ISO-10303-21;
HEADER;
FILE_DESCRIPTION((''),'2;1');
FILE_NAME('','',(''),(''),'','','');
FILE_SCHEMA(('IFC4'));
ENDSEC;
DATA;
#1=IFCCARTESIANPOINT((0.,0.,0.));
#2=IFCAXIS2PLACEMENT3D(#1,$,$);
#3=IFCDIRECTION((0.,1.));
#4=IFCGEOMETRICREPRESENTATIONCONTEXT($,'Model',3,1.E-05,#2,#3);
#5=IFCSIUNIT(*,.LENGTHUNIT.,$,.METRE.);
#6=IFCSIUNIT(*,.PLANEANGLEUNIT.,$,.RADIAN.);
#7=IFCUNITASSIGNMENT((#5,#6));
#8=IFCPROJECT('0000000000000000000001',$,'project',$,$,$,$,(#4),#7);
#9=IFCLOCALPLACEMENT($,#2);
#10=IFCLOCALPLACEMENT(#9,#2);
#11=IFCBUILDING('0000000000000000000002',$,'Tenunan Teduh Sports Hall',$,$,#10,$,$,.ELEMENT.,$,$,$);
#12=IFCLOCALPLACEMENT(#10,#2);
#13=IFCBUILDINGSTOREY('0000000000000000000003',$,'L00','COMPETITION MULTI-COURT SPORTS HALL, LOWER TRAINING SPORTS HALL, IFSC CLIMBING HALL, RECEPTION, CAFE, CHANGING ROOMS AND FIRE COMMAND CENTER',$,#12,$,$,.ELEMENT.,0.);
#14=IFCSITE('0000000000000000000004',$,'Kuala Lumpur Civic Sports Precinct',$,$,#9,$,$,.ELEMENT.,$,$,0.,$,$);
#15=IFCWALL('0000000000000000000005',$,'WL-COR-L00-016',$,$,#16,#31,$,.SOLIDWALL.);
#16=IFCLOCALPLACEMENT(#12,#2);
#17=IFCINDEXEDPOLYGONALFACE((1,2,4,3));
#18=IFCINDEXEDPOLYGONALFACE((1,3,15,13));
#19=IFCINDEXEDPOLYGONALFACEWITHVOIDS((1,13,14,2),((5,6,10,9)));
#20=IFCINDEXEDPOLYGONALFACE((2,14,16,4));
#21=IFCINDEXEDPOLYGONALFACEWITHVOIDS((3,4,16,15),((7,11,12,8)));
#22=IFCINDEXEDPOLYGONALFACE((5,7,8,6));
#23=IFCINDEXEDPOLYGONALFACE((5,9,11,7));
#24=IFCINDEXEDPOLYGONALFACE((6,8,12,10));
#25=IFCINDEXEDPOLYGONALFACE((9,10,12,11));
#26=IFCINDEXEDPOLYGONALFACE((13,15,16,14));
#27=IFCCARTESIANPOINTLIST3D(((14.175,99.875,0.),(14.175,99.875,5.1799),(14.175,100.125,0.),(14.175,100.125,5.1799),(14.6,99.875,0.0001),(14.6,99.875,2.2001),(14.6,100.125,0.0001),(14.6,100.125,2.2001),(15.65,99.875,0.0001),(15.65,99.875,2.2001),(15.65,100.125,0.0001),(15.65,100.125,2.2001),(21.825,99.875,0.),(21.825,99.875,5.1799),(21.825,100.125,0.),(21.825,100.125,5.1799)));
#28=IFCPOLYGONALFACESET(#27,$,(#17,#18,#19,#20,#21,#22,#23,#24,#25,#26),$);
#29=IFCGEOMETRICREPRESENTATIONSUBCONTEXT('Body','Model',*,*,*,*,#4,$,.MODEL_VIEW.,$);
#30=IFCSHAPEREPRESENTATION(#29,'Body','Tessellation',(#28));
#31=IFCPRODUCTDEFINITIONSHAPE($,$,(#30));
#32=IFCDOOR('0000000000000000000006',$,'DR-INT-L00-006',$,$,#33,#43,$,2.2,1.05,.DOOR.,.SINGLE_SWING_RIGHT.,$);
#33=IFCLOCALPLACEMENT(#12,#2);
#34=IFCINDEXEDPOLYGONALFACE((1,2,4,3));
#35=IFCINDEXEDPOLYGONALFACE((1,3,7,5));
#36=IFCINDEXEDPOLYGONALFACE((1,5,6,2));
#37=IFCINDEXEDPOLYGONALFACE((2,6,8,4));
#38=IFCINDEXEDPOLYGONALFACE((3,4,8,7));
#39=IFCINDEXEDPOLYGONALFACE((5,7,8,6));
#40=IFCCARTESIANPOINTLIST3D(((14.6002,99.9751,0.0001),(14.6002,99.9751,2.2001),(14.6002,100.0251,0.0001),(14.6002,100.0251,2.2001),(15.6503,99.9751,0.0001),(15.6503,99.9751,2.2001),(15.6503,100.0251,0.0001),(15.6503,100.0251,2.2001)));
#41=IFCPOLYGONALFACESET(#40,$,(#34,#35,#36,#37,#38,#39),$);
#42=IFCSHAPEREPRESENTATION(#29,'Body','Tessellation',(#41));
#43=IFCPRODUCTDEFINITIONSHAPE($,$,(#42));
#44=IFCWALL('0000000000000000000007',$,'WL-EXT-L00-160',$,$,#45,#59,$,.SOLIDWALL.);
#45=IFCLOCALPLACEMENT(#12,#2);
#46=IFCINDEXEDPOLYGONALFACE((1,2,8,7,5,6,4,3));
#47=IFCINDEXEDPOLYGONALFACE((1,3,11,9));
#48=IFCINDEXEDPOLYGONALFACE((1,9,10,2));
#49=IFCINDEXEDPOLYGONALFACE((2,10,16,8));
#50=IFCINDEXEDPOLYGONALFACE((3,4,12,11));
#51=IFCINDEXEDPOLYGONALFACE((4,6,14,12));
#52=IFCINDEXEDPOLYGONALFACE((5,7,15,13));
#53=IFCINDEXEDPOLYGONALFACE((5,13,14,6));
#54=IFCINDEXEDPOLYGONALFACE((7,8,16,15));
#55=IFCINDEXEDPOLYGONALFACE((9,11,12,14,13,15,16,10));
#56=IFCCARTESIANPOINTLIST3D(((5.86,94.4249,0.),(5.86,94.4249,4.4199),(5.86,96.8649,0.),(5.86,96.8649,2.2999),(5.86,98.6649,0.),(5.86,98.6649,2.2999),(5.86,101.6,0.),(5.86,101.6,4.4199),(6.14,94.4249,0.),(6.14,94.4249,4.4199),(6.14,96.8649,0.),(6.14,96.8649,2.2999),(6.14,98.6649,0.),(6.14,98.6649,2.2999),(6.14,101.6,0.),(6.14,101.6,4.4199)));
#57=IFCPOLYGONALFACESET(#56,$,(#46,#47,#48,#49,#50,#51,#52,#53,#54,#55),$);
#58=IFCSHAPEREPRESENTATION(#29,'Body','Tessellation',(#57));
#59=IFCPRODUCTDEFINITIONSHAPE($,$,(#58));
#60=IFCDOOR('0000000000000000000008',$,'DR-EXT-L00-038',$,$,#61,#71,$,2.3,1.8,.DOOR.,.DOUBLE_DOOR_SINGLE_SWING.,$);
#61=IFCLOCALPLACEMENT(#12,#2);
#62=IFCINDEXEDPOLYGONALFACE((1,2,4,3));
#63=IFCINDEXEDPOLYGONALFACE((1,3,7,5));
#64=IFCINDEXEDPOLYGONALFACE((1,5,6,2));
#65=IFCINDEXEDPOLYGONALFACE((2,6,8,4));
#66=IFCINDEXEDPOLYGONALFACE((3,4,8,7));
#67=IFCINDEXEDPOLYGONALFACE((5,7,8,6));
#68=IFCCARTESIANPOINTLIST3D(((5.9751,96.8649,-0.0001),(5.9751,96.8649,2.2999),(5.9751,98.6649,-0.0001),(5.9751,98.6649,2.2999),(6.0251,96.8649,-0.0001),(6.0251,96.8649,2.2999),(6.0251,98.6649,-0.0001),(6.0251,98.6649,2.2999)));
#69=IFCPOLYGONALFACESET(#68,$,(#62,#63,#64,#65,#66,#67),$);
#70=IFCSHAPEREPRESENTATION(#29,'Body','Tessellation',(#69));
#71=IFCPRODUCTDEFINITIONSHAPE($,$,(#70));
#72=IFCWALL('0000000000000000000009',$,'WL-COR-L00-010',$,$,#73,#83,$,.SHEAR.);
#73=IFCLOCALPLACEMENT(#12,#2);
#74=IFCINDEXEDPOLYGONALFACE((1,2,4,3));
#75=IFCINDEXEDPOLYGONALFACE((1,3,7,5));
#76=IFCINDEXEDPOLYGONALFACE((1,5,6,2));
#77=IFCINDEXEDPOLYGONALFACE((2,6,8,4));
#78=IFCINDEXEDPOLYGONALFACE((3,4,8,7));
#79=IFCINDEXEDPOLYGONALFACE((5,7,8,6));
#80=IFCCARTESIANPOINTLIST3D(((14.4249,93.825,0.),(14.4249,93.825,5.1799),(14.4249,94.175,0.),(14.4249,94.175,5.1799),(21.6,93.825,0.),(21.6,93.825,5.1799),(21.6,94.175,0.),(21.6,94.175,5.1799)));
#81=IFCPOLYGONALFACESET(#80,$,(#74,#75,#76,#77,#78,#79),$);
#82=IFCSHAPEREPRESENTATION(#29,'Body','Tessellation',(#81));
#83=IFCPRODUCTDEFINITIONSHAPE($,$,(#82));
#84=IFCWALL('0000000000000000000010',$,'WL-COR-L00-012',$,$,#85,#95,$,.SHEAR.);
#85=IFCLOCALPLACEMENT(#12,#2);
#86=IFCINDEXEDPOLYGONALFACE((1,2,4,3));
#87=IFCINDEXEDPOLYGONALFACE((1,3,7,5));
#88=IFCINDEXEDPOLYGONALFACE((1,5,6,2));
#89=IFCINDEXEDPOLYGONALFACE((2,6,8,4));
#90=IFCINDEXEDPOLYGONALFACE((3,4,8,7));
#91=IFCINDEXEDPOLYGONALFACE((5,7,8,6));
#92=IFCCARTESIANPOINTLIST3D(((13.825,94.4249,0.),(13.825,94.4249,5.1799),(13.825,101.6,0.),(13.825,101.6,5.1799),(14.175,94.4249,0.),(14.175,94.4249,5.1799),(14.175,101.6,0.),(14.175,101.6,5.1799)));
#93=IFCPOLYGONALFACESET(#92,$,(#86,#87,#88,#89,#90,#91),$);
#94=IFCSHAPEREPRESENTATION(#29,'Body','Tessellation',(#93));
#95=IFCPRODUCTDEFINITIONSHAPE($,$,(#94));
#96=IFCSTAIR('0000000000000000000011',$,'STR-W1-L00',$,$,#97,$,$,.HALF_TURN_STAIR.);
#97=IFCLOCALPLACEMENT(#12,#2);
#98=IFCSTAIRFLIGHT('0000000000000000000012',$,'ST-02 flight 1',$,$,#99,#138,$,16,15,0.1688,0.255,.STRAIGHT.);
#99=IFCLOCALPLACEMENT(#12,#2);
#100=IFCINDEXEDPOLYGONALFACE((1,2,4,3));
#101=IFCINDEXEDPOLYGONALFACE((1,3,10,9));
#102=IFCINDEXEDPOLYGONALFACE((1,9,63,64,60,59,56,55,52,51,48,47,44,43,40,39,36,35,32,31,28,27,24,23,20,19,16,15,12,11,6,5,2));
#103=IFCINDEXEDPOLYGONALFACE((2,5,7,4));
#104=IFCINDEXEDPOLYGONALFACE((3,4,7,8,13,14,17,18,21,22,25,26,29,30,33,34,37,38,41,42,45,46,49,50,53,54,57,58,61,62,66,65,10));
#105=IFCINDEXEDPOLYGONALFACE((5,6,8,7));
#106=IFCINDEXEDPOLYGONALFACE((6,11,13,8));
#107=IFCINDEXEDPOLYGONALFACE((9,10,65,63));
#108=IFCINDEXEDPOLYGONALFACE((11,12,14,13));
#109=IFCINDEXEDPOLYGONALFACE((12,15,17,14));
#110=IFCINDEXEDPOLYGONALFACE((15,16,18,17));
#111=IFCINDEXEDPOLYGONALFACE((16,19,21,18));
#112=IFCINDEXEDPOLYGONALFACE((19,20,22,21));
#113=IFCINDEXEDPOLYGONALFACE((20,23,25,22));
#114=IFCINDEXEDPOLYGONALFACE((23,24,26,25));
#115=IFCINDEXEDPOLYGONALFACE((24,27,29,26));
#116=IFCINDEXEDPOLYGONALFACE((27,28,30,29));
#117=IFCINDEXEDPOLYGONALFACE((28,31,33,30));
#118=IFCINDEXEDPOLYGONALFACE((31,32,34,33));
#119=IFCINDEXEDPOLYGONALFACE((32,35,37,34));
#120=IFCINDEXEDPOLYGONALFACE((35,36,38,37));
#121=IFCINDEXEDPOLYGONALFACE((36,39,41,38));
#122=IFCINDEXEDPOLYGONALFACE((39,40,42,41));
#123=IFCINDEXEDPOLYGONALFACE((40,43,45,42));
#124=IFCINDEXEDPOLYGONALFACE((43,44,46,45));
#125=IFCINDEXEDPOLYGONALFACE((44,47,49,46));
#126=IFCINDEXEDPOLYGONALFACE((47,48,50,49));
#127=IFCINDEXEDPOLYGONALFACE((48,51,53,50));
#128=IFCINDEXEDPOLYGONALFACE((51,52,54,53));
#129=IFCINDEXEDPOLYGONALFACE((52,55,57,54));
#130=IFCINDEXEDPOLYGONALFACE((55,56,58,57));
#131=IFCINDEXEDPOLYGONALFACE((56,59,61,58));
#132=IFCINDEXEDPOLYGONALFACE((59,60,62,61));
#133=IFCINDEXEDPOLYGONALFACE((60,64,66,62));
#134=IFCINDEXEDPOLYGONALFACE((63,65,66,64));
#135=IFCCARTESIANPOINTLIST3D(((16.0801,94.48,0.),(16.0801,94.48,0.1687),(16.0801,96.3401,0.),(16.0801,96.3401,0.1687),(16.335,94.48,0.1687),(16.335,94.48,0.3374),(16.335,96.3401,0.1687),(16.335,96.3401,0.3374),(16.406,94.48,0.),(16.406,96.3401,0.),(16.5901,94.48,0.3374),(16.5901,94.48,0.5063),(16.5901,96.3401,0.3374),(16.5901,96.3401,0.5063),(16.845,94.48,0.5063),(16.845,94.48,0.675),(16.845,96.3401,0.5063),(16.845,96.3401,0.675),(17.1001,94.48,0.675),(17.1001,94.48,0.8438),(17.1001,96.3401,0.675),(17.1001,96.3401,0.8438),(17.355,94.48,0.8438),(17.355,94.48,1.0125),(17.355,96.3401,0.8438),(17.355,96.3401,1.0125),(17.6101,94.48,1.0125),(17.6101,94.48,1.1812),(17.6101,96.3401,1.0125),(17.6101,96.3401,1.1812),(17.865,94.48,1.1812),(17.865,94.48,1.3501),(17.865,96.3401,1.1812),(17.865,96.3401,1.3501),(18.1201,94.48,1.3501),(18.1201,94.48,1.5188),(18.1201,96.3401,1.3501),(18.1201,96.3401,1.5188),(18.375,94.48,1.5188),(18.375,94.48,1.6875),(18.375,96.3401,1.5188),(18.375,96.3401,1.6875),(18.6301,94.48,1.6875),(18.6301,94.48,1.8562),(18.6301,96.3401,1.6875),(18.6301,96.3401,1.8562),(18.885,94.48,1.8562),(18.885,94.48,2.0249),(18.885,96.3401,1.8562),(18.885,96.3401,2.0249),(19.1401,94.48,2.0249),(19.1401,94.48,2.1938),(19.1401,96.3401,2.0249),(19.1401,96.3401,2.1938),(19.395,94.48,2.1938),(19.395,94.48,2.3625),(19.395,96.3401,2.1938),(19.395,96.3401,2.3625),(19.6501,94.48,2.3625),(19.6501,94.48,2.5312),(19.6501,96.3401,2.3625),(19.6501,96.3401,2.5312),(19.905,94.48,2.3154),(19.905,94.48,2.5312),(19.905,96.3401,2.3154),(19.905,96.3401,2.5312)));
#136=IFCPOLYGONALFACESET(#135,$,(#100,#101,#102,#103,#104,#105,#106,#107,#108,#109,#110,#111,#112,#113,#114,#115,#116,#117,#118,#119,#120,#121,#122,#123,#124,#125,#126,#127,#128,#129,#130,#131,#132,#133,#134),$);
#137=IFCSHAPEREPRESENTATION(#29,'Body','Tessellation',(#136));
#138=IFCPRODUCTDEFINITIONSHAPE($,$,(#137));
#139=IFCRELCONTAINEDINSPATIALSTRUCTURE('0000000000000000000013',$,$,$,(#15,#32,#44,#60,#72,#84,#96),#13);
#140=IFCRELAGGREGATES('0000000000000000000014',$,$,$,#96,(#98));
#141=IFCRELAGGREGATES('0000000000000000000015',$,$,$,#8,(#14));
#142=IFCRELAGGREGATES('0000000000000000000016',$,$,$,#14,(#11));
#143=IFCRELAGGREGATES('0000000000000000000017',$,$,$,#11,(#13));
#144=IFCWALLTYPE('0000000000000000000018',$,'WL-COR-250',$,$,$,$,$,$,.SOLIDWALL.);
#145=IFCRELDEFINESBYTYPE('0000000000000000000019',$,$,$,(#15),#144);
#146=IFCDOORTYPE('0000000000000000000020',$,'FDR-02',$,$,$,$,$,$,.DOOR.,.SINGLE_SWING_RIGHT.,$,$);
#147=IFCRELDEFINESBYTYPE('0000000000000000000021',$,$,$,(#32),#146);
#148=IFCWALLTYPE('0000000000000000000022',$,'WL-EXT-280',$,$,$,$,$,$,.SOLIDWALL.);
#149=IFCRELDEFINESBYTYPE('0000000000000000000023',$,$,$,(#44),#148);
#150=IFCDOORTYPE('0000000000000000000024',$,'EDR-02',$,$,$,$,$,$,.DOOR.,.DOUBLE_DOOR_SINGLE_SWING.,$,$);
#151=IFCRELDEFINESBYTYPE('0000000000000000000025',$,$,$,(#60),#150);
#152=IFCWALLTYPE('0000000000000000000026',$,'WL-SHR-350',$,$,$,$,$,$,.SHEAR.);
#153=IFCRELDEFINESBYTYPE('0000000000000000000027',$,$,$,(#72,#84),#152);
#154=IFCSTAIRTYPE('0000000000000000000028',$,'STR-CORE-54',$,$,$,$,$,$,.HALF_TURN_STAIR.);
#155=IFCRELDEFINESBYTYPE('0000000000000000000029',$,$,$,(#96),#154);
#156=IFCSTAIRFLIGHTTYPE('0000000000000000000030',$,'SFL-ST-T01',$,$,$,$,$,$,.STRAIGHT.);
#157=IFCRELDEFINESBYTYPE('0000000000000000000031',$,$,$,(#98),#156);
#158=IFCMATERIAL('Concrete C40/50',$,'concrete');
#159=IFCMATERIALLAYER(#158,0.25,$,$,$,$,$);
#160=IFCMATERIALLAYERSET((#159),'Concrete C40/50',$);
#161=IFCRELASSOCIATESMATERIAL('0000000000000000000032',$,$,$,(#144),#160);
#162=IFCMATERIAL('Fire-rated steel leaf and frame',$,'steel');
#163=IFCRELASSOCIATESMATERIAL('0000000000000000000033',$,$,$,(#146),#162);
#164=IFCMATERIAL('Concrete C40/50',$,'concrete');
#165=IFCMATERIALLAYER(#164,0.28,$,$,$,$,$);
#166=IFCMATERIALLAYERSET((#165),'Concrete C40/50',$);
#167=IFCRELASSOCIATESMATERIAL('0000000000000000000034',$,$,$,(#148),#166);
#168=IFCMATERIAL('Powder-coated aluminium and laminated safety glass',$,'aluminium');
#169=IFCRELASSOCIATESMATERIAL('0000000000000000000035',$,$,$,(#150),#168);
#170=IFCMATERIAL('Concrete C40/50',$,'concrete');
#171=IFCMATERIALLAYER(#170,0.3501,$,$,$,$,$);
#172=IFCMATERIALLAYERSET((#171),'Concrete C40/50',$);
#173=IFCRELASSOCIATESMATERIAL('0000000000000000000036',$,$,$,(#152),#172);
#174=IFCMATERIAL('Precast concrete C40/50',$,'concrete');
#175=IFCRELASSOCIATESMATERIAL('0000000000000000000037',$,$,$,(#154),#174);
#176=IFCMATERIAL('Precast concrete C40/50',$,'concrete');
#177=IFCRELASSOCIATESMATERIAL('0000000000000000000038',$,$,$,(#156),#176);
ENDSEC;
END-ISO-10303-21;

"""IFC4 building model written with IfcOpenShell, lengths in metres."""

from ifc_helpers import new_model, si_unit, direction, frame, frame_2d, origin, place, context, subcontext, project, spatial, polyline, rectangle, outline, extrude, material, layer, layer_set, type_object, element, fill, aggregate, save


model = new_model("IFC4")

# Units and contexts
model_context = context("Model", 3, precision=1e-05, world=origin(), true_north=direction((0.0, 1.0)))
body_context = subcontext(model_context, "Body", "Model", "MODEL_VIEW")
ifc_project = project(units=[si_unit("LENGTHUNIT", "METRE"), si_unit("PLANEANGLEUNIT", "RADIAN")], contexts=[model_context])

# Site, building, storey
site_placement = place(None, origin())
site = spatial("IfcSite", under=ifc_project, at=site_placement, Name="Kuala Lumpur Civic Sports Precinct", CompositionType="ELEMENT", RefElevation=0.0)
building_placement = place(site_placement, origin())
building = spatial("IfcBuilding", under=site, at=building_placement, Name="Tenunan Teduh Sports Hall", CompositionType="ELEMENT")
storey_placement = place(building_placement, origin())
storey = spatial("IfcBuildingStorey", under=building, at=storey_placement, Name="L00", Description="COMPETITION MULTI-COURT SPORTS HALL, LOWER TRAINING SPORTS HALL, IFSC CLIMBING HALL, RECEPTION, CAFE, CHANGING ROOMS AND FIRE COMMAND CENTER", CompositionType="ELEMENT", Elevation=0.0)

# Walls, openings, doors
ifc_material_1 = material(Name="Concrete C40/50", Category="concrete")
ifc_layer_1 = layer(ifc_material_1, 0.25)
ifc_layer_set_1 = layer_set([ifc_layer_1], Name="Concrete C40/50")
wall_type_1 = type_object("IfcWallType", Name="WL-COR-250", PredefinedType="SOLIDWALL", material=ifc_layer_set_1)
wall_1_placement = place(storey_placement, frame((14.175, 100.0, 0.0), z_axis=(0.0, 0.0, 1.0), x_axis=(1.0, 0.0, 0.0)))
wall_1 = element("IfcWall", 1, at=wall_1_placement, inside=storey, type_object=wall_type_1, Name="WL-COR-L00-016", PredefinedType="SOLIDWALL", context=body_context, shape_type="SweptSolid", body=[
    extrude(rectangle(XDim=7.6499, YDim=0.25, at=frame_2d((3.825, 0.0))), origin(), (0.0, 0.0, 1.0), 5.1799),
])
opening_1_placement = place(wall_1_placement, frame((0.425, 0.0, 0.0)))
opening_1 = element("IfcOpeningElement", 2, at=opening_1_placement, cuts=wall_1, PredefinedType="OPENING", context=body_context, shape_type="SweptSolid", body=[
    extrude(rectangle(XDim=1.05, YDim=2.2, at=frame_2d((0.5249, 1.1001))), frame((0.0, 0.135, 0.0), z_axis=(0.0, -1.0, 0.0), x_axis=(1.0, 0.0, 0.0)), (0.0, 0.0, 1.0), 0.27),
])
ifc_material_2 = material(Name="Fire-rated steel leaf and frame", Category="steel")
door_type_1 = type_object("IfcDoorType", Name="FDR-02", OperationType="SINGLE_SWING_RIGHT", PredefinedType="DOOR", material=ifc_material_2)
door_1_placement = place(opening_1_placement, frame((1.05, 0.0, 0.0), z_axis=(0.0, 0.0, 1.0), x_axis=(-1.0, 0.0, 0.0)))
door_1 = element("IfcDoor", 3, at=door_1_placement, inside=storey, type_object=door_type_1, Name="DR-INT-L00-006", OperationType="SINGLE_SWING_RIGHT", OverallHeight=2.2, OverallWidth=1.05, PredefinedType="DOOR", context=body_context, shape_type="SweptSolid", body=[
    extrude(rectangle(XDim=1.05, YDim=2.2, at=frame_2d((0.5249, 1.1001))), frame((0.0, 0.0249, 0.0), z_axis=(0.0, -1.0, 0.0), x_axis=(1.0, 0.0, 0.0)), (0.0, 0.0, 1.0), 0.05),
])
fill(opening_1, door_1)
ifc_material_3 = material(Name="Concrete C40/50", Category="concrete")
ifc_layer_2 = layer(ifc_material_3, 0.28)
ifc_layer_set_2 = layer_set([ifc_layer_2], Name="Concrete C40/50")
wall_type_2 = type_object("IfcWallType", Name="WL-EXT-280", PredefinedType="SOLIDWALL", material=ifc_layer_set_2)
wall_2_placement = place(storey_placement, frame((6.0, 94.425, 0.0), z_axis=(0.0, 0.0, 1.0), x_axis=(0.0, 1.0, 0.0)))
wall_2 = element("IfcWall", 4, at=wall_2_placement, inside=storey, type_object=wall_type_2, Name="WL-EXT-L00-160", PredefinedType="SOLIDWALL", context=body_context, shape_type="SweptSolid", body=[
    extrude(rectangle(XDim=7.175, YDim=0.28, at=frame_2d((3.5874, 0.0))), origin(), (0.0, 0.0, 1.0), 4.4199),
])
opening_2_placement = place(wall_2_placement, frame((2.4399, 0.0, 0.0)))
opening_2 = element("IfcOpeningElement", 5, at=opening_2_placement, cuts=wall_2, PredefinedType="OPENING", context=body_context, shape_type="SweptSolid", body=[
    extrude(rectangle(XDim=1.8, YDim=2.3, at=frame_2d((0.8999, 1.1499))), frame((0.0, 0.1499, 0.0), z_axis=(0.0, -1.0, 0.0), x_axis=(1.0, 0.0, 0.0)), (0.0, 0.0, 1.0), 0.3),
])
ifc_material_4 = material(Name="Powder-coated aluminium and laminated safety glass", Category="aluminium")
door_type_2 = type_object("IfcDoorType", Name="EDR-02", OperationType="DOUBLE_DOOR_SINGLE_SWING", PredefinedType="DOOR", material=ifc_material_4)
door_2_placement = place(opening_2_placement, origin())
door_2 = element("IfcDoor", 6, at=door_2_placement, inside=storey, type_object=door_type_2, Name="DR-EXT-L00-038", OperationType="DOUBLE_DOOR_SINGLE_SWING", OverallHeight=2.3, OverallWidth=1.8, PredefinedType="DOOR", context=body_context, shape_type="SweptSolid", body=[
    extrude(rectangle(XDim=1.8, YDim=2.3, at=frame_2d((0.8999, 1.1499))), frame((0.0, 0.0249, 0.0), z_axis=(0.0, -1.0, 0.0), x_axis=(1.0, 0.0, 0.0)), (0.0, 0.0, 1.0), 0.05),
])
fill(opening_2, door_2)

# Walls
ifc_material_5 = material(Name="Concrete C40/50", Category="concrete")
ifc_layer_3 = layer(ifc_material_5, 0.3501)
ifc_layer_set_3 = layer_set([ifc_layer_3], Name="Concrete C40/50")
wall_type_3 = type_object("IfcWallType", Name="WL-SHR-350", PredefinedType="SHEAR", material=ifc_layer_set_3)
for number, where, z_axis, x_axis, name in (
    (7, (14.425, 94.0, 0.0), (0.0, 0.0, 1.0), (1.0, 0.0, 0.0), "WL-COR-L00-010"),
    (8, (14.0, 94.425, 0.0), (0.0, 0.0, 1.0), (0.0, 1.0, 0.0), "WL-COR-L00-012"),
):
    element("IfcWall", number, at=place(storey_placement, frame(where, z_axis=z_axis, x_axis=x_axis)), inside=storey, type_object=wall_type_3, Name=name, PredefinedType="SHEAR", context=body_context, shape_type="SweptSolid", body=[
        extrude(rectangle(XDim=7.175, YDim=0.3501, at=frame_2d((3.5874, 0.0))), origin(), (0.0, 0.0, 1.0), 5.1799),
    ])

# Stair, stair flight
ifc_material_6 = material(Name="Precast concrete C40/50", Category="concrete")
stair_type = type_object("IfcStairType", Name="STR-CORE-54", PredefinedType="HALF_TURN_STAIR", material=ifc_material_6)
stair_placement = place(storey_placement, origin())
stair = element("IfcStair", 9, at=stair_placement, inside=storey, type_object=stair_type, Name="STR-W1-L00", PredefinedType="HALF_TURN_STAIR")
ifc_material_7 = material(Name="Precast concrete C40/50", Category="concrete")
stair_flight_type = type_object("IfcStairFlightType", Name="SFL-ST-T01", PredefinedType="STRAIGHT", material=ifc_material_7)
stair_flight_placement = place(storey_placement, frame((16.0801, 95.4099, 0.0), z_axis=(0.0, 0.0, 1.0), x_axis=(1.0, 0.0, 0.0)))
stair_flight = element("IfcStairFlight", 10, at=stair_flight_placement, type_object=stair_flight_type, Name="ST-02 flight 1", NumberOfRisers=16, NumberOfTreads=15, PredefinedType="STRAIGHT", RiserHeight=0.1688, TreadLength=0.255, context=body_context, shape_type="SweptSolid", body=[
    extrude(outline(polyline([(0.0, 0.0), (0.0, 0.1687), (0.2549, 0.1687), (0.2549, 0.3374), (0.51, 0.3374), (0.51, 0.5063), (0.7649, 0.5063), (0.7649, 0.675), (1.02, 0.675), (1.02, 0.8438), (1.2749, 0.8438), (1.2749, 1.0125), (1.53, 1.0125), (1.53, 1.1812), (1.7849, 1.1812), (1.7849, 1.3501), (2.04, 1.3501), (2.04, 1.5188), (2.2949, 1.5188), (2.2949, 1.6875), (2.55, 1.6875), (2.55, 1.8562), (2.8049, 1.8562), (2.8049, 2.0249), (3.0601, 2.0249), (3.0601, 2.1938), (3.3149, 2.1938), (3.3149, 2.3625), (3.5701, 2.3625), (3.5701, 2.5312), (3.825, 2.5312), (3.825, 2.7), (3.825, 2.3154), (0.3259, 0.0), (0.0, 0.0)])), frame((0.0, 0.9302, 0.0), z_axis=(0.0, -1.0, 0.0), x_axis=(1.0, 0.0, 0.0)), (0.0, 0.0, 1.0), 1.8601),
])

aggregate(stair, [stair_flight])

save(model, "model.ifc")
